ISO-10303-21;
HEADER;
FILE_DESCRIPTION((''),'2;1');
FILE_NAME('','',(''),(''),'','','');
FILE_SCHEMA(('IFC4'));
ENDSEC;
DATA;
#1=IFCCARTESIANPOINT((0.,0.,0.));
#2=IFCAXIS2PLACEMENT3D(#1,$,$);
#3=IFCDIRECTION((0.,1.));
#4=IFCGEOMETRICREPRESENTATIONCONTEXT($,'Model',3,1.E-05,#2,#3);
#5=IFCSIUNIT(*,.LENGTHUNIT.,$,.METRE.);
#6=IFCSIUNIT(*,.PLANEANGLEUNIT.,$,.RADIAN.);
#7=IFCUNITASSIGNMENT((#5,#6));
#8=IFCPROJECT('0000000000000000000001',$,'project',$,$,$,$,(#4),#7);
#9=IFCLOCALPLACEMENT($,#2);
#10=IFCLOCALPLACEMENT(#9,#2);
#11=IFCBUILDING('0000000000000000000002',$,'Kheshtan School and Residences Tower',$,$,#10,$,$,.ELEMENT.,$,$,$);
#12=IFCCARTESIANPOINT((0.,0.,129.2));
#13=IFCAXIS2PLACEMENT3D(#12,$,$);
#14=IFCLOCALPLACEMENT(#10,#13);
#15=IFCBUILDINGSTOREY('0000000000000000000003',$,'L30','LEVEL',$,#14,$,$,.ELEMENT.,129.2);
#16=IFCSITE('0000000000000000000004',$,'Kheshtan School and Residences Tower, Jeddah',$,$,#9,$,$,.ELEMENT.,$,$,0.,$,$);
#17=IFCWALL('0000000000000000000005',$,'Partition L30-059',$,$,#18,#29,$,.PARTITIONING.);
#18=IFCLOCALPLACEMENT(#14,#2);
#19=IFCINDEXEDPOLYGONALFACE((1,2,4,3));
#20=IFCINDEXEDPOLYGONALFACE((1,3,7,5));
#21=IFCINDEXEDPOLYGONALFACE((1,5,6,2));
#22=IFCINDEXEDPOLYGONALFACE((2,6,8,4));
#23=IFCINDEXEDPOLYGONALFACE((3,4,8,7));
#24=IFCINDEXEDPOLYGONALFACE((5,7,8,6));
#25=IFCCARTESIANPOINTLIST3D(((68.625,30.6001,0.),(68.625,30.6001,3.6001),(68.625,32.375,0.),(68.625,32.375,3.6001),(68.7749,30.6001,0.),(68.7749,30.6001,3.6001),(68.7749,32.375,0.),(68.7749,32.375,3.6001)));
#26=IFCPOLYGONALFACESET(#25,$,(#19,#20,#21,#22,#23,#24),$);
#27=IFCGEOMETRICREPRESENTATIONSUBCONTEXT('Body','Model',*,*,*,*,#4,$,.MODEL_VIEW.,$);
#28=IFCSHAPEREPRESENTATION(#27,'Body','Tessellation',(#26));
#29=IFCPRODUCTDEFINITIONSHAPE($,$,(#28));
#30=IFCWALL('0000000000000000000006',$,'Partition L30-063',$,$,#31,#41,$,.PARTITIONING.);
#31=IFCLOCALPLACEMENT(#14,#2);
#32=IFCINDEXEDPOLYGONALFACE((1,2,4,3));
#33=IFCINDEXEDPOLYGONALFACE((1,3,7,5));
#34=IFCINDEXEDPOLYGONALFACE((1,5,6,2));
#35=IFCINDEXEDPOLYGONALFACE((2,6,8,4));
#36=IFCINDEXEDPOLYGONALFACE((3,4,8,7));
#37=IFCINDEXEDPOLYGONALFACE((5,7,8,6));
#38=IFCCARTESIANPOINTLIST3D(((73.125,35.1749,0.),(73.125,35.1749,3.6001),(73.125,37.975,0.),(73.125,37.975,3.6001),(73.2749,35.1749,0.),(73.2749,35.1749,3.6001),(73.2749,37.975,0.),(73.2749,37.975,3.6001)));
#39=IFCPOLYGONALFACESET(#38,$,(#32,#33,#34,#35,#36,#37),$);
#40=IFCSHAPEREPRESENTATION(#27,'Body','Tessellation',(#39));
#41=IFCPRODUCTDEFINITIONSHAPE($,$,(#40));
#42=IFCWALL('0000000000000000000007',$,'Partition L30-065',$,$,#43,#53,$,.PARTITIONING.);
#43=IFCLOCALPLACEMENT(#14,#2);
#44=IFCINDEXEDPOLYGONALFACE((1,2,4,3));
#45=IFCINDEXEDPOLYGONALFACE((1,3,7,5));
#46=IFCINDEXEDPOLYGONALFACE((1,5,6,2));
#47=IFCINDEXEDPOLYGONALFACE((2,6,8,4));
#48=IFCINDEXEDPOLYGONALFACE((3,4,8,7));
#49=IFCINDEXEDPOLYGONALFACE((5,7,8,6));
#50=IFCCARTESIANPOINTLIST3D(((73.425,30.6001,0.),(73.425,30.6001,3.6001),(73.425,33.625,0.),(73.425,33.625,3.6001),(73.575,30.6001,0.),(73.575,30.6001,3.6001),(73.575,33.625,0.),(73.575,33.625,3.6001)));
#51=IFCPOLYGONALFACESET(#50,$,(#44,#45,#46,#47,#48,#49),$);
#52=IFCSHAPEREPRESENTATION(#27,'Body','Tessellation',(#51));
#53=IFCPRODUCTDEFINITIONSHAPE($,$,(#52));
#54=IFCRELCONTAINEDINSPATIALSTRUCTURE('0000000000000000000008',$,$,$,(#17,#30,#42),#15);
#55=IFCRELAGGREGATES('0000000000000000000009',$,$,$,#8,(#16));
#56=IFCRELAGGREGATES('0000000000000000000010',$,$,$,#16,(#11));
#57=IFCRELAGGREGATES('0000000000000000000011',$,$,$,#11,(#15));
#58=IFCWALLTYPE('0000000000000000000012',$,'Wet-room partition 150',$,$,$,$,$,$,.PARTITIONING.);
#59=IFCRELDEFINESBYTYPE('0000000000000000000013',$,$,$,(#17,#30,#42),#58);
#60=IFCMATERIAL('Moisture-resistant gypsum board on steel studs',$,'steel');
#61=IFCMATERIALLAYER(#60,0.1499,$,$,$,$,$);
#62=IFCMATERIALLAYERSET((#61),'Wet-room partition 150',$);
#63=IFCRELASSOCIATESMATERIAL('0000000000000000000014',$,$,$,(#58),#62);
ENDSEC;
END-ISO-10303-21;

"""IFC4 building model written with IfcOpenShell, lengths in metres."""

from ifc_helpers import new_model, si_unit, direction, frame, frame_2d, origin, place, context, subcontext, project, spatial, rectangle, extrude, material, layer, layer_set, type_object, element, save


model = new_model("IFC4")

# Units and contexts
model_context = context("Model", 3, precision=1e-05, world=origin(), true_north=direction((0.0, 1.0)))
body_context = subcontext(model_context, "Body", "Model", "MODEL_VIEW")
ifc_project = project(units=[si_unit("LENGTHUNIT", "METRE"), si_unit("PLANEANGLEUNIT", "RADIAN")], contexts=[model_context])

# Site, building, storey
site_placement = place(None, origin())
site = spatial("IfcSite", under=ifc_project, at=site_placement, Name="Kheshtan School and Residences Tower, Jeddah", CompositionType="ELEMENT", RefElevation=0.0)
building_placement = place(site_placement, origin())
building = spatial("IfcBuilding", under=site, at=building_placement, Name="Kheshtan School and Residences Tower", CompositionType="ELEMENT")
storey_placement = place(building_placement, frame((0.0, 0.0, 129.2)))
storey = spatial("IfcBuildingStorey", under=building, at=storey_placement, Name="L30", Description="LEVEL", CompositionType="ELEMENT", Elevation=129.2)

# Shared definitions
ifc_material_1 = material(Name="Moisture-resistant gypsum board on steel studs", Category="steel")
ifc_layer_1 = layer(ifc_material_1, 0.1499)
ifc_layer_set_1 = layer_set([ifc_layer_1], Name="Wet-room partition 150")
wall_type_1 = type_object("IfcWallType", Name="Wet-room partition 150", PredefinedType="PARTITIONING", material=ifc_layer_set_1)

# Walls
wall_1_placement = place(storey_placement, frame((68.7, 30.6001, 0.0), z_axis=(0.0, 0.0, 1.0), x_axis=(0.0, 1.0, 0.0)))
element("IfcWall", 1, at=wall_1_placement, inside=storey, type_object=wall_type_1, Name="Partition L30-059", PredefinedType="PARTITIONING", context=body_context, shape_type="SweptSolid", body=[
    extrude(rectangle(XDim=1.7749, YDim=0.1499, at=frame_2d((0.8875, 0.0))), origin(), (0.0, 0.0, 1.0), 3.6001),
])
wall_2_placement = place(storey_placement, frame((73.2, 35.175, 0.0), z_axis=(0.0, 0.0, 1.0), x_axis=(0.0, 1.0, 0.0)))
element("IfcWall", 2, at=wall_2_placement, inside=storey, type_object=wall_type_1, Name="Partition L30-063", PredefinedType="PARTITIONING", context=body_context, shape_type="SweptSolid", body=[
    extrude(rectangle(XDim=2.8, YDim=0.1499, at=frame_2d((1.3999, 0.0))), origin(), (0.0, 0.0, 1.0), 3.6001),
])
wall_3_placement = place(storey_placement, frame((73.5, 30.6001, 0.0), z_axis=(0.0, 0.0, 1.0), x_axis=(0.0, 1.0, 0.0)))
element("IfcWall", 3, at=wall_3_placement, inside=storey, type_object=wall_type_1, Name="Partition L30-065", PredefinedType="PARTITIONING", context=body_context, shape_type="SweptSolid", body=[
    extrude(rectangle(XDim=3.0249, YDim=0.1499, at=frame_2d((1.5125, 0.0))), origin(), (0.0, 0.0, 1.0), 3.6001),
])

save(model, "model.ifc")
